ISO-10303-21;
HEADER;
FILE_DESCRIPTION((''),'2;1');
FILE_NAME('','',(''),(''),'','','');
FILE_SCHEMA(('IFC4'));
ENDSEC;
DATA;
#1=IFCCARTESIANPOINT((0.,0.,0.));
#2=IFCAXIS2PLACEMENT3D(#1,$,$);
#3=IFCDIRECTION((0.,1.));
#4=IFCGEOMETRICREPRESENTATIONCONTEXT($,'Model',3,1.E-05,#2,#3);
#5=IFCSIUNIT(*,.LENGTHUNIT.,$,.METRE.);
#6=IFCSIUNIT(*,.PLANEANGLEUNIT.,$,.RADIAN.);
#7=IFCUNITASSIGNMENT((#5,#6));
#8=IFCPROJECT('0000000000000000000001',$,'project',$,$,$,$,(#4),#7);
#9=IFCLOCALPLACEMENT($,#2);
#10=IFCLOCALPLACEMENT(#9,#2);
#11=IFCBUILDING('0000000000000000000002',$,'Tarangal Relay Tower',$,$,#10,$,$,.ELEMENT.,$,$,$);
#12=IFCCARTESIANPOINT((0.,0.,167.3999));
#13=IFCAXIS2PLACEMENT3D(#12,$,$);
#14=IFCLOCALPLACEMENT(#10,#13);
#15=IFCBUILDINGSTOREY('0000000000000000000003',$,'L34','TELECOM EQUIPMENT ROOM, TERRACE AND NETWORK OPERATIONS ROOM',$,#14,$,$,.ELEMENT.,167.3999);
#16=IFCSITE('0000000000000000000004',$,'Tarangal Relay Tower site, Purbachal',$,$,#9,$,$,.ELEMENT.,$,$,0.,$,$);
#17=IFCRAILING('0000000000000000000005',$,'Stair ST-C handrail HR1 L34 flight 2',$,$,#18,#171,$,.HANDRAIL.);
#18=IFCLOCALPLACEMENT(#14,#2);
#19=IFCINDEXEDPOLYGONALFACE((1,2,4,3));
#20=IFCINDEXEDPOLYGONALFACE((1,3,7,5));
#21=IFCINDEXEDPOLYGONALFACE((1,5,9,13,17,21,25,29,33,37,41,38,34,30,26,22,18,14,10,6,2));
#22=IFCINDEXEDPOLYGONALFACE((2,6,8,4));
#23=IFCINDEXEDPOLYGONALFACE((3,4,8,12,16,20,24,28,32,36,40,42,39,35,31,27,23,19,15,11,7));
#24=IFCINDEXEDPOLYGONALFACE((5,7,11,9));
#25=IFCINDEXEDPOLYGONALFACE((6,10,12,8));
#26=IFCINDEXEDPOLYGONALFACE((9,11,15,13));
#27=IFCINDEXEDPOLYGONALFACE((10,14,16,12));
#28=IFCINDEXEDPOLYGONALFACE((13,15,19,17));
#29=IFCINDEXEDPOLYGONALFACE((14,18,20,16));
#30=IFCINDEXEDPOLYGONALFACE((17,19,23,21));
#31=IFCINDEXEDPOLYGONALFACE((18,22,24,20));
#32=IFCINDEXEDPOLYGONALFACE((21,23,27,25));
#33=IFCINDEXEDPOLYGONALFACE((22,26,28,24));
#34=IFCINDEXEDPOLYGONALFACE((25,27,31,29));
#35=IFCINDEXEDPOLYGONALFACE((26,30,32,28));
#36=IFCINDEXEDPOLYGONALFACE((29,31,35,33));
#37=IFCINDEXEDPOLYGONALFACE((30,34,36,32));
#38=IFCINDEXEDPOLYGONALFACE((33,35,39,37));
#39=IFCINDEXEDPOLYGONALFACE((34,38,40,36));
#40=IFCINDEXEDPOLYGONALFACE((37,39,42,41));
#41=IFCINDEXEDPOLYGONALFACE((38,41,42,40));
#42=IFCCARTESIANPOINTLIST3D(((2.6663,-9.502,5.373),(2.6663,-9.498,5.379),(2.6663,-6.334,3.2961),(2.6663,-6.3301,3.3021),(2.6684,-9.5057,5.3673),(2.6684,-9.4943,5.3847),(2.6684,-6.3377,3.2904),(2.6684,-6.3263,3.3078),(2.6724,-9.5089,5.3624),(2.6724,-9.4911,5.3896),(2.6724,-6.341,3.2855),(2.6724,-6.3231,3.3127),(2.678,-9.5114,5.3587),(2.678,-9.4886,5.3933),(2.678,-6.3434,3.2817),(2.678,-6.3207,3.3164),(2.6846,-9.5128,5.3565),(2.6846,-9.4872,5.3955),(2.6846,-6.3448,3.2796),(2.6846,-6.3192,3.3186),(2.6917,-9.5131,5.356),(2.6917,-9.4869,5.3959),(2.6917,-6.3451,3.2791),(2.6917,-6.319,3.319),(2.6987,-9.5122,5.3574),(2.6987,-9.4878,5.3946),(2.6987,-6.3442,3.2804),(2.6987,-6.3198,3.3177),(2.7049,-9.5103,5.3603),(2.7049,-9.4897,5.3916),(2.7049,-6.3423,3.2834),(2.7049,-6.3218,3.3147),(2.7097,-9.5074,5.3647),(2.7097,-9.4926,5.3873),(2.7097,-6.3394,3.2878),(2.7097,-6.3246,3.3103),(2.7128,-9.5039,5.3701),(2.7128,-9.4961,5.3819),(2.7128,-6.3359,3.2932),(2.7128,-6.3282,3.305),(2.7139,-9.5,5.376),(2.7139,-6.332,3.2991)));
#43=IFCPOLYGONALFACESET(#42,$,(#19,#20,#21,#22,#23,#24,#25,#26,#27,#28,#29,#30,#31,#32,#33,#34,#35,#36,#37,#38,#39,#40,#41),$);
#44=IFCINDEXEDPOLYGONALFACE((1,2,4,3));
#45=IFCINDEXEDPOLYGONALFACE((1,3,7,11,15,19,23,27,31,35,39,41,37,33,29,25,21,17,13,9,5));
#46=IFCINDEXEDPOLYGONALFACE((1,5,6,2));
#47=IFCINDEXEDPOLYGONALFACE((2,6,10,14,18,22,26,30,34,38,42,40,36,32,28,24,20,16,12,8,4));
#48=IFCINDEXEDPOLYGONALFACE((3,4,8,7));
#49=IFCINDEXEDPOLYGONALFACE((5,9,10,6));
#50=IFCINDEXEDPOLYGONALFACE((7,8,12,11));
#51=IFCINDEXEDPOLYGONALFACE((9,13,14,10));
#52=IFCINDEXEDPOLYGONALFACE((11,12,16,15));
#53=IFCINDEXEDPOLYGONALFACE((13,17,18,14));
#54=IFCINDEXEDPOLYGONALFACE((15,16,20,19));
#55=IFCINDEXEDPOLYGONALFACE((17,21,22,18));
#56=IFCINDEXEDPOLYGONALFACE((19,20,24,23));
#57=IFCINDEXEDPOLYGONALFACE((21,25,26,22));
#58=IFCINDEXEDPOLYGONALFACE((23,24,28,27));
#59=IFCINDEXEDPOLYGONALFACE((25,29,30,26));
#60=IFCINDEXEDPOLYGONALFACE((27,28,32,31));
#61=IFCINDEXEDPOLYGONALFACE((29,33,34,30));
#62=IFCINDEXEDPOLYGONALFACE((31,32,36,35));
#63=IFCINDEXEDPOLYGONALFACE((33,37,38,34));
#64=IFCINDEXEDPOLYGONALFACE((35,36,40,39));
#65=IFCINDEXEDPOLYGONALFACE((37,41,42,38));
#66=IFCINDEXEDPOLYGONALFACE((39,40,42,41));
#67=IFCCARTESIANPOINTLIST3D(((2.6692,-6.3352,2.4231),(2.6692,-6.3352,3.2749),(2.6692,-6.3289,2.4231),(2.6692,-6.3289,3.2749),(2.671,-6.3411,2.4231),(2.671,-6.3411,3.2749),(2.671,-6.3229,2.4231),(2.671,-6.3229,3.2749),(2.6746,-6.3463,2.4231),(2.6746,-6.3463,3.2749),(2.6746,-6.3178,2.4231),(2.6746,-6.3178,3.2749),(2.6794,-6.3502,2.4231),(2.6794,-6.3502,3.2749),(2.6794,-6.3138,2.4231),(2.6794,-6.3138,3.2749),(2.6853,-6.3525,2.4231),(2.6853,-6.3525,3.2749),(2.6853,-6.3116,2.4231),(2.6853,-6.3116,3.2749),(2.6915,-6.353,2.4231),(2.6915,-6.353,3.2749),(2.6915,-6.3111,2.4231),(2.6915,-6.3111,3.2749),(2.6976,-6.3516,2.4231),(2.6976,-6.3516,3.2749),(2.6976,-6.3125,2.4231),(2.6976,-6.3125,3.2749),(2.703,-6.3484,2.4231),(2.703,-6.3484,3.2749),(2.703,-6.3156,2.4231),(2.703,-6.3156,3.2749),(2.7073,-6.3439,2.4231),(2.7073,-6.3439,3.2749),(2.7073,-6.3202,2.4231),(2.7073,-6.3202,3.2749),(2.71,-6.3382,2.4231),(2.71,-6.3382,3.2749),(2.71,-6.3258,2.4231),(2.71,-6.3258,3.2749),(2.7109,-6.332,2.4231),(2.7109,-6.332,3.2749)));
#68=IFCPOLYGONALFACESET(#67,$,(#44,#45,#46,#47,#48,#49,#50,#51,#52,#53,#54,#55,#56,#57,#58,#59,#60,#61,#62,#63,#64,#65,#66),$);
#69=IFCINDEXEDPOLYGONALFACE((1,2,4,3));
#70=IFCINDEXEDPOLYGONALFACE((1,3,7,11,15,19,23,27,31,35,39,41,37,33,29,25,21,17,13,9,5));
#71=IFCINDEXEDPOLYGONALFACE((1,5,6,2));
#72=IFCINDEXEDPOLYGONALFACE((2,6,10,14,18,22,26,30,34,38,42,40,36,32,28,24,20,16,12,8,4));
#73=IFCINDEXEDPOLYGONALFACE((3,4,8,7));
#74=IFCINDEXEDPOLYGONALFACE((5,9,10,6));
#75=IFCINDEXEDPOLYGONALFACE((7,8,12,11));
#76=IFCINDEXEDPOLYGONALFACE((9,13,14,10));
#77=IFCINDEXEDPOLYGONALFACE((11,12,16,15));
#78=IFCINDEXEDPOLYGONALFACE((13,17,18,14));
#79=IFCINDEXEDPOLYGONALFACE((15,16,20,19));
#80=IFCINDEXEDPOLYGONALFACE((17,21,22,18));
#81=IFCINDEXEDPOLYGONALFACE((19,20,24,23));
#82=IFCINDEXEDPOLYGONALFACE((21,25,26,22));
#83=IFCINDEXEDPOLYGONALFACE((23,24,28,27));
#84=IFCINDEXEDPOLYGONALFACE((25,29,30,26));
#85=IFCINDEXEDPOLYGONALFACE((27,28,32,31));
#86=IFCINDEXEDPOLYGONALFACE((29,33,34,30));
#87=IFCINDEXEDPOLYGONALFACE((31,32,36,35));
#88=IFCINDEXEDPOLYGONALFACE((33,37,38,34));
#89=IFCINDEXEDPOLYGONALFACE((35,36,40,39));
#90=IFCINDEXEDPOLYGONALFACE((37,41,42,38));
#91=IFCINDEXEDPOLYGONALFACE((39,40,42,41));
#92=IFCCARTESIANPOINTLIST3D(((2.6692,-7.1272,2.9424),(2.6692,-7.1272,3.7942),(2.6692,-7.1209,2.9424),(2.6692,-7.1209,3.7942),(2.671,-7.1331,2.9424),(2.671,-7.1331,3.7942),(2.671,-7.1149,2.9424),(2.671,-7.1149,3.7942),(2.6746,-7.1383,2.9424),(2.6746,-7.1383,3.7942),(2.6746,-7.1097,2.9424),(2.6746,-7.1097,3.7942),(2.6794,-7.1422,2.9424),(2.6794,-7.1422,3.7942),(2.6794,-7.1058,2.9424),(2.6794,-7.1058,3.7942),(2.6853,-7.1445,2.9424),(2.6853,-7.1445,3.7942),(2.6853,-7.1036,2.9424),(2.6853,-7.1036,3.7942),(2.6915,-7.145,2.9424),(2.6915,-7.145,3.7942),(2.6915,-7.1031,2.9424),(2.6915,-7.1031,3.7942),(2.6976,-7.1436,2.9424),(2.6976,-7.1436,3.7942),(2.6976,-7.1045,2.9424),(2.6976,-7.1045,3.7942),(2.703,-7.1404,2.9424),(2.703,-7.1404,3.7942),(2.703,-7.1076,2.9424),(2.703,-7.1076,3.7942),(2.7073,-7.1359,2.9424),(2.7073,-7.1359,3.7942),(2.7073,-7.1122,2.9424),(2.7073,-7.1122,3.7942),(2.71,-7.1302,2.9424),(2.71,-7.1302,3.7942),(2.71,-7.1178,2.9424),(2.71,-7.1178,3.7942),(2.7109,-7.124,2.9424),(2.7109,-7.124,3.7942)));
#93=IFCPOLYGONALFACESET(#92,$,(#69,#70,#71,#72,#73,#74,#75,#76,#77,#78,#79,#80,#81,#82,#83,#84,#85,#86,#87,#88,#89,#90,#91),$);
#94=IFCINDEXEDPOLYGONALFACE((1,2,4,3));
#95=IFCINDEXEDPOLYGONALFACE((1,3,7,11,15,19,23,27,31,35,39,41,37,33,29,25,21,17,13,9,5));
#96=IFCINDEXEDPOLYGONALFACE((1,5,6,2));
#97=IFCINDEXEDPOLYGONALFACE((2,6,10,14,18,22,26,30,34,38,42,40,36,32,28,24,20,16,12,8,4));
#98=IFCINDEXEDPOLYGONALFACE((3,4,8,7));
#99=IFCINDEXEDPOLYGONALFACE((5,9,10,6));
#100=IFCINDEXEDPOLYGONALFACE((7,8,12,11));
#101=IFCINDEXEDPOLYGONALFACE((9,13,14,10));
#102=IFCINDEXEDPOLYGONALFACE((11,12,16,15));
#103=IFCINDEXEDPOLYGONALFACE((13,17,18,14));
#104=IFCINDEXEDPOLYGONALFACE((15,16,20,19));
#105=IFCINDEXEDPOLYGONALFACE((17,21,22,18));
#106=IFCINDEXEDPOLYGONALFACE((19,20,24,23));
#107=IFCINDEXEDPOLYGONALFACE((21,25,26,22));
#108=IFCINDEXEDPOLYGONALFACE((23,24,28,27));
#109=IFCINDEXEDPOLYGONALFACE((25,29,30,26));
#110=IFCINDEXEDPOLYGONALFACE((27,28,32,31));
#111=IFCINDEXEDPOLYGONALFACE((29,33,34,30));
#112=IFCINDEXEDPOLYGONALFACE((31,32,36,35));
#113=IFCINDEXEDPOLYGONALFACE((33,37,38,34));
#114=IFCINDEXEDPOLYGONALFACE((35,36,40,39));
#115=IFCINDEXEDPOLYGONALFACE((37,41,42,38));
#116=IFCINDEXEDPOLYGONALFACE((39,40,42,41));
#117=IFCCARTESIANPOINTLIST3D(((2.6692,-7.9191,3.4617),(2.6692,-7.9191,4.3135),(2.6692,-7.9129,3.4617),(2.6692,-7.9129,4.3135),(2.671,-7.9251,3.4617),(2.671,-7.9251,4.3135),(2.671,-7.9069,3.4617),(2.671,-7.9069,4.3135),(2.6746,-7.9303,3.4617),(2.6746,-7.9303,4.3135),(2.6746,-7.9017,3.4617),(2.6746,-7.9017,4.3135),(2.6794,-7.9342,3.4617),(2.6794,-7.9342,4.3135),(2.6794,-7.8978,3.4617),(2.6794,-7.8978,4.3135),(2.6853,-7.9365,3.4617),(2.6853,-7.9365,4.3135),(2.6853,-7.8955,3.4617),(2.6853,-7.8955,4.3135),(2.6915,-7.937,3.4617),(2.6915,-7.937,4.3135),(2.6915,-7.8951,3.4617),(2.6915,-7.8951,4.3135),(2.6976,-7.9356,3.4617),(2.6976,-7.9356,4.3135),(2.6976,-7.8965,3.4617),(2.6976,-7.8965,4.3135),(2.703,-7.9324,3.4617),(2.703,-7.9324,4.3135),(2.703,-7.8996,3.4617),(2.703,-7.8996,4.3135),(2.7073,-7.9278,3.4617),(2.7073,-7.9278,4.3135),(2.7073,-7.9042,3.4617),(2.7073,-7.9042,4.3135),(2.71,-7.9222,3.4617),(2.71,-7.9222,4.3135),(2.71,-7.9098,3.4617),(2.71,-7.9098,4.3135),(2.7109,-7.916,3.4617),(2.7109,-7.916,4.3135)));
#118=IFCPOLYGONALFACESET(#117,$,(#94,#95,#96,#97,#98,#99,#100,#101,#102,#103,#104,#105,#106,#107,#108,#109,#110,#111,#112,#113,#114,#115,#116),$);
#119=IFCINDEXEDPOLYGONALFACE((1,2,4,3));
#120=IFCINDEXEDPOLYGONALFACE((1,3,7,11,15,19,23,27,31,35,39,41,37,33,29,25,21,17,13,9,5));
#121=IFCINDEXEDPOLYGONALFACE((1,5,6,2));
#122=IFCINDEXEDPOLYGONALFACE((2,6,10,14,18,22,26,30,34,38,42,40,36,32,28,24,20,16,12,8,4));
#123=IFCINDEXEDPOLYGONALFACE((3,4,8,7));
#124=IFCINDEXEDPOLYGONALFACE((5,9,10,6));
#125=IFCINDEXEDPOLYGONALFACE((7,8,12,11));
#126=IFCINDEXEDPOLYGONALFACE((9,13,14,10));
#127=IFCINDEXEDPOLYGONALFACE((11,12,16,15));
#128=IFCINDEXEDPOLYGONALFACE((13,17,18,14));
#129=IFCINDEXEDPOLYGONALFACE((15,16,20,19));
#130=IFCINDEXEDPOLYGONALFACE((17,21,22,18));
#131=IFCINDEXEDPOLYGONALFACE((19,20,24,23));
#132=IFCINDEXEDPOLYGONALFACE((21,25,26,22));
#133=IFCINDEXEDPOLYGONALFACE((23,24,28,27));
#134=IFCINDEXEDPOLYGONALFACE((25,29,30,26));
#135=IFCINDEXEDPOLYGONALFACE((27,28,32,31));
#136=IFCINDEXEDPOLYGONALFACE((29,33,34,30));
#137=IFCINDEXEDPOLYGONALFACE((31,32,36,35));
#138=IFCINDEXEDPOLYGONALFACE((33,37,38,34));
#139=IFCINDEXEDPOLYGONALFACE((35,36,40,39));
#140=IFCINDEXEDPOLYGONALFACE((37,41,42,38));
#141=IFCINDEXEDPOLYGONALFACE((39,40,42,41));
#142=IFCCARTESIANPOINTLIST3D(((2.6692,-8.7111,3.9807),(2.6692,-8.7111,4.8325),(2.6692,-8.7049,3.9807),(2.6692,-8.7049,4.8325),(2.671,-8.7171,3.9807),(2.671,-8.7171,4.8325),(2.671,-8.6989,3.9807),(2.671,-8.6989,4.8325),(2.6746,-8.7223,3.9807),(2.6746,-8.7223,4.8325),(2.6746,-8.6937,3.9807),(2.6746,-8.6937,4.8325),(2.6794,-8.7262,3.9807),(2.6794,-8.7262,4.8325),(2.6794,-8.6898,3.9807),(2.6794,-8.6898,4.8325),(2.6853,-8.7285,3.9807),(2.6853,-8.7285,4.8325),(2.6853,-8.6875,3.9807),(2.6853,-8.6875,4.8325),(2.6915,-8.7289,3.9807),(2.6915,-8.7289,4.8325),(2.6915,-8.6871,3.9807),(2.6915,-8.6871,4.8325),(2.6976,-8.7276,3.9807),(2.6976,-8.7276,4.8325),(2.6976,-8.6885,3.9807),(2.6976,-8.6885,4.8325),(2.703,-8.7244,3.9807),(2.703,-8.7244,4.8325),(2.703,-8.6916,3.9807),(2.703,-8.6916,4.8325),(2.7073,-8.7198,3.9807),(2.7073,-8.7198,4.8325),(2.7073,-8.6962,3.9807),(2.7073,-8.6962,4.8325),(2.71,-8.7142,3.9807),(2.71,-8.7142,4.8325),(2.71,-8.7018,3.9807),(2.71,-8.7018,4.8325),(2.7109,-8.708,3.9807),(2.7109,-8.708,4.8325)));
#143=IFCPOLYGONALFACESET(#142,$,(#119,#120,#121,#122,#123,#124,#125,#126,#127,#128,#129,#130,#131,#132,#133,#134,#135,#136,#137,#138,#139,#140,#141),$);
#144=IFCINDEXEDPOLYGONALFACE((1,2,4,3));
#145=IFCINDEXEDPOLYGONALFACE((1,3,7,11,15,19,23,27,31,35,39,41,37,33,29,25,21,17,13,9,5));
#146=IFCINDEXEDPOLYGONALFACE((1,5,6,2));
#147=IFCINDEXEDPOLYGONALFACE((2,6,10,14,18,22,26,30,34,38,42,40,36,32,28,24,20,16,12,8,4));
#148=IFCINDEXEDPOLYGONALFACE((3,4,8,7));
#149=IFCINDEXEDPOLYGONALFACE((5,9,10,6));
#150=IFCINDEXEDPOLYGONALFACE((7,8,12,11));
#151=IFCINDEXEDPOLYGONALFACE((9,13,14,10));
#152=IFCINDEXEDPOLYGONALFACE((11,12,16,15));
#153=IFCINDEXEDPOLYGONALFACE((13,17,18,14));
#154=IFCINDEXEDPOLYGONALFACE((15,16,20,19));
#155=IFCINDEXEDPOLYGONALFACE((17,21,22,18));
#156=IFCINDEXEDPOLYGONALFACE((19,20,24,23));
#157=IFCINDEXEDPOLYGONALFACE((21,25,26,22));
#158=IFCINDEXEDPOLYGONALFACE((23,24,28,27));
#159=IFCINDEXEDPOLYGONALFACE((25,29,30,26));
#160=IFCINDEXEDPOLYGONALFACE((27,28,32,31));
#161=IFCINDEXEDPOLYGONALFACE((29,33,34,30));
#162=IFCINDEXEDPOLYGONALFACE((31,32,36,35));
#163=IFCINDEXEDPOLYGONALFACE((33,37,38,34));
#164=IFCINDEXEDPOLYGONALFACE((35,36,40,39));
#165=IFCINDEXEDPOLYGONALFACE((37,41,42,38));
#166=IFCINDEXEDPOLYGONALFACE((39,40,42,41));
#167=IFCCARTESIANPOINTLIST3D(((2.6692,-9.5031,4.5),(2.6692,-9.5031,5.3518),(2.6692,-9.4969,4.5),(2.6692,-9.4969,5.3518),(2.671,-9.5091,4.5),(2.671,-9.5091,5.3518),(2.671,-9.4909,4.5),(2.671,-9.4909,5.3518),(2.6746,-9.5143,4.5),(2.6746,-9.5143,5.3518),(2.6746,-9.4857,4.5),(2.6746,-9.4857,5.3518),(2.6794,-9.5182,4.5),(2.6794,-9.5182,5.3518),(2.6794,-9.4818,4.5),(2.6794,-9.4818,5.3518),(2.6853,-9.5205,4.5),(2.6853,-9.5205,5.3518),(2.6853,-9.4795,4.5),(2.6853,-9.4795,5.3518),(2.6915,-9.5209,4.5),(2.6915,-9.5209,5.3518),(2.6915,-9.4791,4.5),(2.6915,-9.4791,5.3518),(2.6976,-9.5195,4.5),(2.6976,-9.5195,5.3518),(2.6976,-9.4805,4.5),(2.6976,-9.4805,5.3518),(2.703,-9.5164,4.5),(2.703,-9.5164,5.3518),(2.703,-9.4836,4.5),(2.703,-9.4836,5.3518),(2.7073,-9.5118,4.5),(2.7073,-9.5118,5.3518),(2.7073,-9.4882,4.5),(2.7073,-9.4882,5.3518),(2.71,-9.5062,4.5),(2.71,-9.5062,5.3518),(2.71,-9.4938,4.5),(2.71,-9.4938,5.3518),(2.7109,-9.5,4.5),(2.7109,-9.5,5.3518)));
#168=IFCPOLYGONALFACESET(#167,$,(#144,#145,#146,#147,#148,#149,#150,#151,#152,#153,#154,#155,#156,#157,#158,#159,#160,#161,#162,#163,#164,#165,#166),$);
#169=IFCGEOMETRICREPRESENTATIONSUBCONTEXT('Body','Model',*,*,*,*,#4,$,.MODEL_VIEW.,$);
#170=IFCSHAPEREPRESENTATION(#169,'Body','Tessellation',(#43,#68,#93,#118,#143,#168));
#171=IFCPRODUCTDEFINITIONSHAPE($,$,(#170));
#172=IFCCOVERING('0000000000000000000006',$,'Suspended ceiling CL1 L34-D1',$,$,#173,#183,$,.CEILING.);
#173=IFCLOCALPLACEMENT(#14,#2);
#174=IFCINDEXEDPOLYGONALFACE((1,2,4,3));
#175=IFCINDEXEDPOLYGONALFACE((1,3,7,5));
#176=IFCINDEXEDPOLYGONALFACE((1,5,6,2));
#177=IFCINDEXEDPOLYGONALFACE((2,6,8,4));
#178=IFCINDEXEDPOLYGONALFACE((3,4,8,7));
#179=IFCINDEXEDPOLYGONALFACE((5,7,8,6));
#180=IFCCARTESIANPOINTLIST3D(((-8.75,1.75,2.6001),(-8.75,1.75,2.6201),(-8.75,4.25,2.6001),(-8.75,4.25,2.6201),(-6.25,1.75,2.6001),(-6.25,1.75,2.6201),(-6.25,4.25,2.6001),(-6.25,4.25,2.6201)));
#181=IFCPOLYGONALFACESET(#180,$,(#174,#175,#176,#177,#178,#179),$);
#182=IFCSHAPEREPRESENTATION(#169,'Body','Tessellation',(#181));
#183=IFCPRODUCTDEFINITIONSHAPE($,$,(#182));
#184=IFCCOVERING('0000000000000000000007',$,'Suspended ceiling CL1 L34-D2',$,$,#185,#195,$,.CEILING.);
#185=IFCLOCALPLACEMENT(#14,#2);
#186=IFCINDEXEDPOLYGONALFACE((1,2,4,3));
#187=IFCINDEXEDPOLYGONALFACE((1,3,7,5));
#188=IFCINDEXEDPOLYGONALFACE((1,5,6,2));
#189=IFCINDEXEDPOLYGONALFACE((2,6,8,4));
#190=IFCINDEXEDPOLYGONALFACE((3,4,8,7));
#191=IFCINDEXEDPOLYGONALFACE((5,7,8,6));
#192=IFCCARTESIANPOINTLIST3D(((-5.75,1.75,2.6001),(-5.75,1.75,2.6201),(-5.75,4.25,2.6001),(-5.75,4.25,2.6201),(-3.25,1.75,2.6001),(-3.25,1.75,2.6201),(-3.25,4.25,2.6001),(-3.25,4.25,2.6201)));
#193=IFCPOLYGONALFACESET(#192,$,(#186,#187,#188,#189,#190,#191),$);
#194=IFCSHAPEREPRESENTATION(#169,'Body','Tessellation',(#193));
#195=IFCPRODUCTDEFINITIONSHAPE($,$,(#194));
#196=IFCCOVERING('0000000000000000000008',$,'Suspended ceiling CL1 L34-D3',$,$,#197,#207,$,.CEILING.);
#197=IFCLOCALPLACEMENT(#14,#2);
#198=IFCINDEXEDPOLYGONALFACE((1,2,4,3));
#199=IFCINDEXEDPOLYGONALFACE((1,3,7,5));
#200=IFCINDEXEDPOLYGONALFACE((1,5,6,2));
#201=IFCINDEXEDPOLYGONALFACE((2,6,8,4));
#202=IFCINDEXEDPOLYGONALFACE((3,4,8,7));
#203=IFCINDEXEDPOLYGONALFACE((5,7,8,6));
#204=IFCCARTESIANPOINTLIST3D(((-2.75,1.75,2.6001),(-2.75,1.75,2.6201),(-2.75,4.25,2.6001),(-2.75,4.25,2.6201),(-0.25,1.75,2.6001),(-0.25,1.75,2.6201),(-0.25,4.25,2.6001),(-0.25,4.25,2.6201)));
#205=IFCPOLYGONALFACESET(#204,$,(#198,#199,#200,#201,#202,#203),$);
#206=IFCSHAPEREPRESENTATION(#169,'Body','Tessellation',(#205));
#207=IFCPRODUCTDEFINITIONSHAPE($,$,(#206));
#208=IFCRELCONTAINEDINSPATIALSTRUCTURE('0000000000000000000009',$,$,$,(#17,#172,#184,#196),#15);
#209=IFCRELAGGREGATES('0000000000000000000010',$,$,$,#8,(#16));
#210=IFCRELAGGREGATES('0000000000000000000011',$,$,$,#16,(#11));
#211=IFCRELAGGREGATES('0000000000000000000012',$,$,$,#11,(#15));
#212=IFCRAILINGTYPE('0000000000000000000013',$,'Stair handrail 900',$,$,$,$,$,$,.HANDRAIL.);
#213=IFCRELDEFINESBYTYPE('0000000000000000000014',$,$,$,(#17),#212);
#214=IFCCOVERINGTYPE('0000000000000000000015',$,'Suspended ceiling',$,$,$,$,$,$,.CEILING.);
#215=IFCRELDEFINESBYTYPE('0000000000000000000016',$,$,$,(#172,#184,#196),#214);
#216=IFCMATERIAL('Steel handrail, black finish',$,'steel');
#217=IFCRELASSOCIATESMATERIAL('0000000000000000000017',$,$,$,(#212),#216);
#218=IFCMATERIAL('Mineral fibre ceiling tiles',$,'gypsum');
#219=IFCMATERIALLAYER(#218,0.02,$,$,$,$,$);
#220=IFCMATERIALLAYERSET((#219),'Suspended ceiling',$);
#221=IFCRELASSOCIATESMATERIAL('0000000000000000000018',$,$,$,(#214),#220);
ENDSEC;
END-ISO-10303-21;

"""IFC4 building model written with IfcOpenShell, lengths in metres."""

from ifc_helpers import new_model, si_unit, direction, frame, origin, origin_2d, place, context, subcontext, project, spatial, polyline, circle, outline, extrude, material, layer, layer_set, type_object, element, save


model = new_model("IFC4")

# Units and contexts
model_context = context("Model", 3, precision=1e-05, world=origin(), true_north=direction((0.0, 1.0)))
body_context = subcontext(model_context, "Body", "Model", "MODEL_VIEW")
ifc_project = project(units=[si_unit("LENGTHUNIT", "METRE"), si_unit("PLANEANGLEUNIT", "RADIAN")], contexts=[model_context])

# Site, building, storey
site_placement = place(None, origin())
site = spatial("IfcSite", under=ifc_project, at=site_placement, Name="Tarangal Relay Tower site, Purbachal", CompositionType="ELEMENT", RefElevation=0.0)
building_placement = place(site_placement, origin())
building = spatial("IfcBuilding", under=site, at=building_placement, Name="Tarangal Relay Tower", CompositionType="ELEMENT")
storey_placement = place(building_placement, frame((0.0, 0.0, 167.3999)))
storey = spatial("IfcBuildingStorey", under=building, at=storey_placement, Name="L34", Description="TELECOM EQUIPMENT ROOM, TERRACE AND NETWORK OPERATIONS ROOM", CompositionType="ELEMENT", Elevation=167.3999)

# Railing
ifc_material_1 = material(Name="Steel handrail, black finish", Category="steel")
railing_type_1 = type_object("IfcRailingType", Name="Stair handrail 900", PredefinedType="HANDRAIL", material=ifc_material_1)
railing_1_placement = place(storey_placement, frame((2.6899, -6.332, 2.4231)))
element("IfcRailing", 1, at=railing_1_placement, inside=storey, type_object=railing_type_1, Name="Stair ST-C handrail HR1 L34 flight 2", PredefinedType="HANDRAIL", context=body_context, shape_type="SweptSolid", body=[
    extrude(circle(Radius=0.0239, at=origin_2d()), frame((0.0, 0.0, 0.876), z_axis=(0.0, -0.836299, 0.548273), x_axis=(1.0, 0.0, 0.0)), (0.0, 0.0, 1.0), 3.7881),
    extrude(circle(Radius=0.021, at=origin_2d()), origin(), (0.0, 0.0, 1.0), 0.8518),
    extrude(circle(Radius=0.021, at=origin_2d()), frame((0.0, -0.792, 0.5193)), (0.0, 0.0, 1.0), 0.8518),
    extrude(circle(Radius=0.021, at=origin_2d()), frame((0.0, -1.584, 1.0386)), (0.0, 0.0, 1.0), 0.8518),
    extrude(circle(Radius=0.021, at=origin_2d()), frame((0.0, -2.376, 1.5576)), (0.0, 0.0, 1.0), 0.8518),
    extrude(circle(Radius=0.021, at=origin_2d()), frame((0.0, -3.168, 2.0769)), (0.0, 0.0, 1.0), 0.8518),
])

# Coverings
ifc_material_2 = material(Name="Mineral fibre ceiling tiles", Category="gypsum")
ifc_layer_1 = layer(ifc_material_2, 0.02)
ifc_layer_set_1 = layer_set([ifc_layer_1], Name="Suspended ceiling")
covering_type_1 = type_object("IfcCoveringType", Name="Suspended ceiling", PredefinedType="CEILING", material=ifc_layer_set_1)
covering_1_placement = place(storey_placement, frame((0.0, 0.0, 2.6001)))
element("IfcCovering", 2, at=covering_1_placement, inside=storey, type_object=covering_type_1, Name="Suspended ceiling CL1 L34-D1", PredefinedType="CEILING", context=body_context, shape_type="SweptSolid", body=[
    extrude(outline(polyline([(-8.75, 1.75), (-6.25, 1.75), (-6.25, 4.25), (-8.75, 4.25), (-8.75, 1.75)])), origin(), (0.0, 0.0, 1.0), 0.02),
])
covering_2_placement = place(storey_placement, frame((0.0, 0.0, 2.6001)))
element("IfcCovering", 3, at=covering_2_placement, inside=storey, type_object=covering_type_1, Name="Suspended ceiling CL1 L34-D2", PredefinedType="CEILING", context=body_context, shape_type="SweptSolid", body=[
    extrude(outline(polyline([(-5.75, 1.75), (-3.25, 1.75), (-3.25, 4.25), (-5.75, 4.25), (-5.75, 1.75)])), origin(), (0.0, 0.0, 1.0), 0.02),
])
covering_3_placement = place(storey_placement, frame((0.0, 0.0, 2.6001)))
element("IfcCovering", 4, at=covering_3_placement, inside=storey, type_object=covering_type_1, Name="Suspended ceiling CL1 L34-D3", PredefinedType="CEILING", context=body_context, shape_type="SweptSolid", body=[
    extrude(outline(polyline([(-2.75, 1.75), (-0.25, 1.75), (-0.25, 4.25), (-2.75, 4.25), (-2.75, 1.75)])), origin(), (0.0, 0.0, 1.0), 0.02),
])

save(model, "model.ifc")
